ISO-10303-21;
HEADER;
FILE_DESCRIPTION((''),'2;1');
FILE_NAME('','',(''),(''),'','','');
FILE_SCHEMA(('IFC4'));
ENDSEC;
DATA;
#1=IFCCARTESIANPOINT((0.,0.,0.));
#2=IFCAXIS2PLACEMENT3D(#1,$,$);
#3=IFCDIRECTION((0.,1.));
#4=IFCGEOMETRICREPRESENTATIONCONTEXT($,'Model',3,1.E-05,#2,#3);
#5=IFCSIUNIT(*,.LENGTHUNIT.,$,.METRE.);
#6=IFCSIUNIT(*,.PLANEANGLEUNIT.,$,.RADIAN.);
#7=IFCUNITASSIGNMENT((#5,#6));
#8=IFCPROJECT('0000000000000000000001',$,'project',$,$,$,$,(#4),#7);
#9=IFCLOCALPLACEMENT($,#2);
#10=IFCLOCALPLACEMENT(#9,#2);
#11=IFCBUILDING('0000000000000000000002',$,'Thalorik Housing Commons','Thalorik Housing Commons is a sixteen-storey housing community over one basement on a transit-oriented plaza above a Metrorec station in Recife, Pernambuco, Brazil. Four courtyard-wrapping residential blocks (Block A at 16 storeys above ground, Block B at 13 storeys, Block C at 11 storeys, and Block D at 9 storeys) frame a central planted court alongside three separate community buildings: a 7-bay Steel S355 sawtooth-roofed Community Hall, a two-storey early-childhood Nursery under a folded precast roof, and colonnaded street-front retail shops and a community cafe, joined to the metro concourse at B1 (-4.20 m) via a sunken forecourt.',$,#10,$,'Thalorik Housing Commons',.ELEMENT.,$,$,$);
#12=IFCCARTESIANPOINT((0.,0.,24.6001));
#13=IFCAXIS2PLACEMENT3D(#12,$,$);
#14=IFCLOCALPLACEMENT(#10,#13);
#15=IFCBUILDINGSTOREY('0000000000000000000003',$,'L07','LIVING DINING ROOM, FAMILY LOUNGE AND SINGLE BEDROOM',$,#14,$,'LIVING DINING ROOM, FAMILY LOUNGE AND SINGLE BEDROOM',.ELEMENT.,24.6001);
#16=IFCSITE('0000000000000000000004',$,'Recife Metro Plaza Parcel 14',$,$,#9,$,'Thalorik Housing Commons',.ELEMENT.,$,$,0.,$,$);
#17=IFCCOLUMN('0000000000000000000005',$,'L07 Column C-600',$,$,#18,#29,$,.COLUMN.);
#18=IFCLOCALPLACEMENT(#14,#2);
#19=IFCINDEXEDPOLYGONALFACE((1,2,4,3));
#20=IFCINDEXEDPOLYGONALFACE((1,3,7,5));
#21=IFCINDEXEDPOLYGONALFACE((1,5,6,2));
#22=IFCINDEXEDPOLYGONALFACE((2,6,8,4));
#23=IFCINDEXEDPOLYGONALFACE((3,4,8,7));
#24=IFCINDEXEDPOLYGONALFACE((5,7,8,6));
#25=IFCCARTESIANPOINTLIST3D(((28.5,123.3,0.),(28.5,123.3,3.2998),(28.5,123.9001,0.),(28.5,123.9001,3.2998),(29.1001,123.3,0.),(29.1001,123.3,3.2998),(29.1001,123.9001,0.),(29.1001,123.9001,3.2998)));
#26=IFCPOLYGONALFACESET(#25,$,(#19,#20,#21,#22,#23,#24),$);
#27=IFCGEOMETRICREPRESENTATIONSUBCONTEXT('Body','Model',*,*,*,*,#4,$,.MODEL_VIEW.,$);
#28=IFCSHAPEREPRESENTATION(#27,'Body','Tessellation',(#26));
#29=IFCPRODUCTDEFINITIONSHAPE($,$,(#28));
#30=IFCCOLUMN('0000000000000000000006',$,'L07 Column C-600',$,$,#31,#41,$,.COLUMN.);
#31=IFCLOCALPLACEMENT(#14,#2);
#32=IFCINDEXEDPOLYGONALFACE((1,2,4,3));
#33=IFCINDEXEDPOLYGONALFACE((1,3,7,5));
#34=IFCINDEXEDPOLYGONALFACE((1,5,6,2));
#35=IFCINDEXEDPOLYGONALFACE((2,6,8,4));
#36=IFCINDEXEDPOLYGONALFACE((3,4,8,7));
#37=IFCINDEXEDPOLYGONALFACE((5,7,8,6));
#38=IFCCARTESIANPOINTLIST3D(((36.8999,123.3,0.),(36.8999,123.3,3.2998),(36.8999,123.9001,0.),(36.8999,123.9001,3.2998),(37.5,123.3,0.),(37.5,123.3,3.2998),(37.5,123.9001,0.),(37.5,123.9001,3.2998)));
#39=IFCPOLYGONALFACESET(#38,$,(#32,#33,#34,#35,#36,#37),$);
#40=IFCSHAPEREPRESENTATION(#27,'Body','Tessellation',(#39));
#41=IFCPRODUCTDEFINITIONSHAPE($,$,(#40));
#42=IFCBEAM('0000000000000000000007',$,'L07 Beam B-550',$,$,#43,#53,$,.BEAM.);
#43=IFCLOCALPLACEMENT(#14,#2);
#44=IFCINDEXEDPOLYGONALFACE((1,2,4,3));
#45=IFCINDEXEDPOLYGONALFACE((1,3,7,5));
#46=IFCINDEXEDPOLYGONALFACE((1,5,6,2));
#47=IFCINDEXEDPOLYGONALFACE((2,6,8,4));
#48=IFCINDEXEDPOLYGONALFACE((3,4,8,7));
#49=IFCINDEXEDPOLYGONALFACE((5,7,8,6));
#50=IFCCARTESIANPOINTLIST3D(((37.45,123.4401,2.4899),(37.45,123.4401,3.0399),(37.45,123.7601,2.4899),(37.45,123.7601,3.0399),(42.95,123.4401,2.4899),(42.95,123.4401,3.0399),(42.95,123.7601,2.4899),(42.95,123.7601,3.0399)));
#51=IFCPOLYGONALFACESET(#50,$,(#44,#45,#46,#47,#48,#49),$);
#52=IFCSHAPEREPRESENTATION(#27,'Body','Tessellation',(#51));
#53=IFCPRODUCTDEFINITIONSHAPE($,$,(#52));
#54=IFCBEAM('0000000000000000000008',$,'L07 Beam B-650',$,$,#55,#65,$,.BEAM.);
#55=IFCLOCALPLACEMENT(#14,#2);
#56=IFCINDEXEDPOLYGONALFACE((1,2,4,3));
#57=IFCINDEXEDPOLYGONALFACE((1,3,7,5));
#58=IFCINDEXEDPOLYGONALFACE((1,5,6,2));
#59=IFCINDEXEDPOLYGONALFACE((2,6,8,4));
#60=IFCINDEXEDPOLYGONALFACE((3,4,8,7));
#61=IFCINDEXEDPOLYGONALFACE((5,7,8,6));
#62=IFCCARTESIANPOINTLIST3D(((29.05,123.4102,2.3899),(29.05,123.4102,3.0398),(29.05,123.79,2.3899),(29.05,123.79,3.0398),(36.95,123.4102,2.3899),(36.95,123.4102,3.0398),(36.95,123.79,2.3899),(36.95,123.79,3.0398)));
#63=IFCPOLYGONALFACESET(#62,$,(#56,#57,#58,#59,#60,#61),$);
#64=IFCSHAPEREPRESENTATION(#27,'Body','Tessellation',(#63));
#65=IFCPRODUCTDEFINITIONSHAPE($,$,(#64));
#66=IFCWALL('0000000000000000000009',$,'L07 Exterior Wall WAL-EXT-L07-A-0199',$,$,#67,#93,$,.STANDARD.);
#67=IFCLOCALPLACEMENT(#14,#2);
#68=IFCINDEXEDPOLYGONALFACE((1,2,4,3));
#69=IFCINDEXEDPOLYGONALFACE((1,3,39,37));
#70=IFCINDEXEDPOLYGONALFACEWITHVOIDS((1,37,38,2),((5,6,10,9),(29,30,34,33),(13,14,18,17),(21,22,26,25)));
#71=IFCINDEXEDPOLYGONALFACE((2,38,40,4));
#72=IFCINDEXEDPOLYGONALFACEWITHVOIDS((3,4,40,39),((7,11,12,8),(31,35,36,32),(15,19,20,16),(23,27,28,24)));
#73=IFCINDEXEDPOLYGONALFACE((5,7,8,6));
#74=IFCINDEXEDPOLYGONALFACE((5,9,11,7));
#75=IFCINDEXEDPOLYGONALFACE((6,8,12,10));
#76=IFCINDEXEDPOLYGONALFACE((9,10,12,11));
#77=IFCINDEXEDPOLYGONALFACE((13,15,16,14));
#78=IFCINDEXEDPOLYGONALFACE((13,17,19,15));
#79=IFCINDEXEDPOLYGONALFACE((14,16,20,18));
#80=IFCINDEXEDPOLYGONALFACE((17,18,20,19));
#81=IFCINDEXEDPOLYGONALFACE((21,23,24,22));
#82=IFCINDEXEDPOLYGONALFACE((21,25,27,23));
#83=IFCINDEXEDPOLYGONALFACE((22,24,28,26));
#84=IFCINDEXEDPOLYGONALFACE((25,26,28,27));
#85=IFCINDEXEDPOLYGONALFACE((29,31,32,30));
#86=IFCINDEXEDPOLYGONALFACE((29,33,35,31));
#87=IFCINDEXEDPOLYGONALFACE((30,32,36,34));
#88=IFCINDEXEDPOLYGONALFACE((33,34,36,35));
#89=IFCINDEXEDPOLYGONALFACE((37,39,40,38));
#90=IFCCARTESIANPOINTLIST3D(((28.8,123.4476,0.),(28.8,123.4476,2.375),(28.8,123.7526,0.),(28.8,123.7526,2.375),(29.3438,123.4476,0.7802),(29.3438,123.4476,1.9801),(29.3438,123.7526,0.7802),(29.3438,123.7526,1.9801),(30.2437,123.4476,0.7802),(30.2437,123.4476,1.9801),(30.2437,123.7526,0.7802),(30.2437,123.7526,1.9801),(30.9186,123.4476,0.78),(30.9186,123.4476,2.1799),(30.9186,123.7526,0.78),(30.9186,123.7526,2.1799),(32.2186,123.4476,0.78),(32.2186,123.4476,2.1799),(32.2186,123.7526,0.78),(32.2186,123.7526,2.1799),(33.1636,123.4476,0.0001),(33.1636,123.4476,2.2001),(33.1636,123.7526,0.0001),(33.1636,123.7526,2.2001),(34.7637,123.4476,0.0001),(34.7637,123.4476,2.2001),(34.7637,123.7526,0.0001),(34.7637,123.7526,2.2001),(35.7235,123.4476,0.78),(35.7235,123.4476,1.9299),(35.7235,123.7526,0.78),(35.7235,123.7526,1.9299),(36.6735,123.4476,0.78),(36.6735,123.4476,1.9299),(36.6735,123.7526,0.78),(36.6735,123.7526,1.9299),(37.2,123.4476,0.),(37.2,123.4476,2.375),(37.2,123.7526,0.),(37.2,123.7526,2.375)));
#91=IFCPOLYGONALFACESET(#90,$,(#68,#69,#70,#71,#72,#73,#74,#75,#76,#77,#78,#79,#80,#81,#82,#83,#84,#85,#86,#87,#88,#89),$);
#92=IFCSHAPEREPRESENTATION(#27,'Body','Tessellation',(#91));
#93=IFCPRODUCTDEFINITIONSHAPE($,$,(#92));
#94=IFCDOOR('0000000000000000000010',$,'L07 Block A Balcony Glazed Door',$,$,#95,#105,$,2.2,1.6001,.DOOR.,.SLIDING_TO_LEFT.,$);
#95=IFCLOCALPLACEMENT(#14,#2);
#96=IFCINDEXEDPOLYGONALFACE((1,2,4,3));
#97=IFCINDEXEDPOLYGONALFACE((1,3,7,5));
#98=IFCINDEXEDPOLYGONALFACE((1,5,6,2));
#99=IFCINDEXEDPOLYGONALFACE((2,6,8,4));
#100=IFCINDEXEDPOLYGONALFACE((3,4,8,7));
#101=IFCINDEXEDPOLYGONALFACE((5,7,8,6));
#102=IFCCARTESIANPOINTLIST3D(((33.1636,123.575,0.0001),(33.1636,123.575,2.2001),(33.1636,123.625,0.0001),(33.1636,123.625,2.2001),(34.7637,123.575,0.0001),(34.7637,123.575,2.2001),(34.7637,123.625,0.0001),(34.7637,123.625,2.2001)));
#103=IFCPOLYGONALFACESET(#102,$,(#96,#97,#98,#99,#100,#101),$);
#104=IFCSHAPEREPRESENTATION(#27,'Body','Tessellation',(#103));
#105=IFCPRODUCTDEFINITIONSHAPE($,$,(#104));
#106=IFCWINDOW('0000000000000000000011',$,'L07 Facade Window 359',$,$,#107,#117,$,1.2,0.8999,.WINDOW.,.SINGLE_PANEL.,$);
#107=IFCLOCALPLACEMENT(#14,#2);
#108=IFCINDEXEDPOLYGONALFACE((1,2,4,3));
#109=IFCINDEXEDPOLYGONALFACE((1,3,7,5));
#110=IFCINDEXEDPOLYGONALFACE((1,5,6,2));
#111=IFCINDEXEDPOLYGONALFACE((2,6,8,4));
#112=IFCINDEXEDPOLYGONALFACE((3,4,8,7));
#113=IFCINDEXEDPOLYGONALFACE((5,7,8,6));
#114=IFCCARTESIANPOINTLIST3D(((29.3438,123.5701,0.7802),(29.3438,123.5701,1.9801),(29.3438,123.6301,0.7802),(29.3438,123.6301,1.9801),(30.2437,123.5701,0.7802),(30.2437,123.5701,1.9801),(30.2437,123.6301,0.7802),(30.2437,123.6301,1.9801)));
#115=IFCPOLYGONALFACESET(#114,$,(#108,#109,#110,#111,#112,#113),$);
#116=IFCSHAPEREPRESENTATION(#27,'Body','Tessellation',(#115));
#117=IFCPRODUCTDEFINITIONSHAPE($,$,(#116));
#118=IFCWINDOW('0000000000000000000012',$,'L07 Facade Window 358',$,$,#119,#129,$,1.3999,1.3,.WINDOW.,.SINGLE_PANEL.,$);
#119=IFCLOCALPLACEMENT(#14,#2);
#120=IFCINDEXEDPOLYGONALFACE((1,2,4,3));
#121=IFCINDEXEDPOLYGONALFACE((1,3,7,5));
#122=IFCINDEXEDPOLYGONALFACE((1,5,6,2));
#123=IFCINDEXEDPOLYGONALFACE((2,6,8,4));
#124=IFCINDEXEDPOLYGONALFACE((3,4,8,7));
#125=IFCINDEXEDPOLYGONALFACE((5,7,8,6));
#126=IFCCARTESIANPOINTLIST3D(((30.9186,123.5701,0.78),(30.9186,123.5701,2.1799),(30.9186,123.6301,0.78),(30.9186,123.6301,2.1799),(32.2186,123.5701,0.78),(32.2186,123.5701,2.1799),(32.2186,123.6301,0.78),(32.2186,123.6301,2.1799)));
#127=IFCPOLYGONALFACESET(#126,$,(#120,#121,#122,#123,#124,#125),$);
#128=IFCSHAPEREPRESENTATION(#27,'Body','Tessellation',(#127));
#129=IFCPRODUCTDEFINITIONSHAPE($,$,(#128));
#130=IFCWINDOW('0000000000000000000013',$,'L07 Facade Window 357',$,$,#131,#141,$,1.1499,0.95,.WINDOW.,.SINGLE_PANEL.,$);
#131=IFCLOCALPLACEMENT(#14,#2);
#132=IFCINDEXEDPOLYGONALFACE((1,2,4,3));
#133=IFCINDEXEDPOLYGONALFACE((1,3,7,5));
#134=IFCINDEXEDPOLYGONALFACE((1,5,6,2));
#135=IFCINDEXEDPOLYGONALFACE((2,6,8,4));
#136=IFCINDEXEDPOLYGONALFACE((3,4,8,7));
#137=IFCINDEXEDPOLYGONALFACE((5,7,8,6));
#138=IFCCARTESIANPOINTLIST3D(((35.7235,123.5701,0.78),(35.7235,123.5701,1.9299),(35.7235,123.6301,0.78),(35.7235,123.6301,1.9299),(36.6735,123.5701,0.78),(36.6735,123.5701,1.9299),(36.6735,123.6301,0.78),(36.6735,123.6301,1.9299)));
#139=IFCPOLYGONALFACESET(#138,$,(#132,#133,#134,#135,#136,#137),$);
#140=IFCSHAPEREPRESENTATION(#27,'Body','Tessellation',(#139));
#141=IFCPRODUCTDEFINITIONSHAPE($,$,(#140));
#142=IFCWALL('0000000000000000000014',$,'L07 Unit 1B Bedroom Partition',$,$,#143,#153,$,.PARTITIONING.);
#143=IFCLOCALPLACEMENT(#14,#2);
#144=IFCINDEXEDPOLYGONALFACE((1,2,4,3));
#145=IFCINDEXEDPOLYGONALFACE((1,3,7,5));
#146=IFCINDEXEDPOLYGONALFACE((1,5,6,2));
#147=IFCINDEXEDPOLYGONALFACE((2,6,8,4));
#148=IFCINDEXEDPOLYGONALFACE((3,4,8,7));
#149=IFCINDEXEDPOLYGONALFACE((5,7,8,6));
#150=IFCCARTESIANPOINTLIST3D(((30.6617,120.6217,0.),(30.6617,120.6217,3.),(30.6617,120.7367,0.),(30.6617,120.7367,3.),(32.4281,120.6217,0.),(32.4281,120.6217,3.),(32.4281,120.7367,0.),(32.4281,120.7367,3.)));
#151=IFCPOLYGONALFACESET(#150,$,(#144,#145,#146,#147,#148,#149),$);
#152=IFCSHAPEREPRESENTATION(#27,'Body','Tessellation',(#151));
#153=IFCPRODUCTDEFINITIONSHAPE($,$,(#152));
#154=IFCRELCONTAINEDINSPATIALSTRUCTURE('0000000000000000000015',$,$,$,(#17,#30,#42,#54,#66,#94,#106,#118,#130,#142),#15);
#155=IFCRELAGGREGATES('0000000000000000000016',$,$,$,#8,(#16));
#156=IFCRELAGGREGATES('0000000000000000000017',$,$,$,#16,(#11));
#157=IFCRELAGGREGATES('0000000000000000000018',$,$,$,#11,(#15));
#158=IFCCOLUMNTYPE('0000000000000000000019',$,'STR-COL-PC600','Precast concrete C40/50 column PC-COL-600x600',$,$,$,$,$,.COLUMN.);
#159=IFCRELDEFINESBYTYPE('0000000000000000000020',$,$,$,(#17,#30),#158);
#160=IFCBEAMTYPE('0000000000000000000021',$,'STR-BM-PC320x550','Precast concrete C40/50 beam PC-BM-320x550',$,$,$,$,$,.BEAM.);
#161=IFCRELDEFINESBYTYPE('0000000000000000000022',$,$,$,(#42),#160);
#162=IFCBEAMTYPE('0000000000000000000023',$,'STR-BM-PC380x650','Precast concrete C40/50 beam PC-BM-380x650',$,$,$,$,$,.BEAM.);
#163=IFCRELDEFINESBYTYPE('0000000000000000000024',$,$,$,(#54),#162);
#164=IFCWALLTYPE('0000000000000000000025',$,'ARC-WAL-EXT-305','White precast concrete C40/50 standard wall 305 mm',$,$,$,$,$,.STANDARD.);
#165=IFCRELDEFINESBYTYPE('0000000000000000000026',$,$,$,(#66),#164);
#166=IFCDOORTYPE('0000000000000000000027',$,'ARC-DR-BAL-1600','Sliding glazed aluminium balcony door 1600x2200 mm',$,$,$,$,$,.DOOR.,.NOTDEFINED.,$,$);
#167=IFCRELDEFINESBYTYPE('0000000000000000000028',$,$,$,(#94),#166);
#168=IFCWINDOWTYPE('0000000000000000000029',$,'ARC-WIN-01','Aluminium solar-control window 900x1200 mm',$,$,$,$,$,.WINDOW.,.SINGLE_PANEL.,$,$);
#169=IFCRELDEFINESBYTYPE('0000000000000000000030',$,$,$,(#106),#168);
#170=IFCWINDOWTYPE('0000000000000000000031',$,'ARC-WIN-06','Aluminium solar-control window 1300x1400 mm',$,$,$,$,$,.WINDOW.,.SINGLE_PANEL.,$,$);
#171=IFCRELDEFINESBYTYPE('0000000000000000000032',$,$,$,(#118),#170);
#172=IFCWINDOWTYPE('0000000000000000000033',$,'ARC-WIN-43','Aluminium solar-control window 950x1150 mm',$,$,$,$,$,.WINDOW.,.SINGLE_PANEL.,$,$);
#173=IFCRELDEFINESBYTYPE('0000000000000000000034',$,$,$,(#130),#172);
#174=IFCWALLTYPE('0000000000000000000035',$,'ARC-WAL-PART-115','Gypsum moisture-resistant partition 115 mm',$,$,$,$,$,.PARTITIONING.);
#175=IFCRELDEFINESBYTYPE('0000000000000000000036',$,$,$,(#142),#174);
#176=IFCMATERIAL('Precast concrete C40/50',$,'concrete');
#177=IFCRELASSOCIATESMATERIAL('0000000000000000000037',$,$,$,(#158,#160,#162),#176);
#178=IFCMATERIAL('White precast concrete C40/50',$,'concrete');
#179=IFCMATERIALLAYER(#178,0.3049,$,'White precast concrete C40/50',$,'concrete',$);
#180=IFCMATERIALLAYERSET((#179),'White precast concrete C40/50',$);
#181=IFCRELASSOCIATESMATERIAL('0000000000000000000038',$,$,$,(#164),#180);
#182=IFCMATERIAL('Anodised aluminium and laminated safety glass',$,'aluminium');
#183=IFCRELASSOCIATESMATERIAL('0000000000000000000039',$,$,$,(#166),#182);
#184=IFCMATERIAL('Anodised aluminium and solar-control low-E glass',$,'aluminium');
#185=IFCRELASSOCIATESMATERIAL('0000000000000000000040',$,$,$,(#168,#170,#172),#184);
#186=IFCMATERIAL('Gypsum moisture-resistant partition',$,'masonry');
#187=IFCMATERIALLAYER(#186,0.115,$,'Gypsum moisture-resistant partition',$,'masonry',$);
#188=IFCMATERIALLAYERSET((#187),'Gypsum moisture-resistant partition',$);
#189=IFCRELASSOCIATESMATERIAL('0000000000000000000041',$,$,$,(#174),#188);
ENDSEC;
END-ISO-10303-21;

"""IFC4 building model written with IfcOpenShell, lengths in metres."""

from ifc_helpers import new_model, si_unit, direction, frame, frame_2d, origin, origin_2d, place, context, subcontext, project, spatial, rectangle, extrude, material, layer, layer_set, material_profile, profile_set, type_object, element, fill, save


model = new_model("IFC4")

# Units and contexts
model_context = context("Model", 3, precision=1e-05, world=origin(), true_north=direction((0.0, 1.0)))
body_context = subcontext(model_context, "Body", "Model", "MODEL_VIEW")
ifc_project = project(units=[si_unit("LENGTHUNIT", "METRE"), si_unit("PLANEANGLEUNIT", "RADIAN")], contexts=[model_context])

# Site, building, storey
site_placement = place(None, origin())
site = spatial("IfcSite", under=ifc_project, at=site_placement, Name="Recife Metro Plaza Parcel 14", LongName="Thalorik Housing Commons", CompositionType="ELEMENT", RefElevation=0.0)
building_placement = place(site_placement, origin())
building = spatial("IfcBuilding", under=site, at=building_placement, Name="Thalorik Housing Commons", Description="Thalorik Housing Commons is a sixteen-storey housing community over one basement on a transit-oriented plaza above a Metrorec station in Recife, Pernambuco, Brazil. Four courtyard-wrapping residential blocks (Block A at 16 storeys above ground, Block B at 13 storeys, Block C at 11 storeys, and Block D at 9 storeys) frame a central planted court alongside three separate community buildings: a 7-bay Steel S355 sawtooth-roofed Community Hall, a two-storey early-childhood Nursery under a folded precast roof, and colonnaded street-front retail shops and a community cafe, joined to the metro concourse at B1 (-4.20 m) via a sunken forecourt.", LongName="Thalorik Housing Commons", CompositionType="ELEMENT")
storey_placement = place(building_placement, frame((0.0, 0.0, 24.6001)))
storey = spatial("IfcBuildingStorey", under=building, at=storey_placement, Name="L07", Description="LIVING DINING ROOM, FAMILY LOUNGE AND SINGLE BEDROOM", LongName="LIVING DINING ROOM, FAMILY LOUNGE AND SINGLE BEDROOM", CompositionType="ELEMENT", Elevation=24.6001)

# Columns
ifc_material_1 = material(Name="Precast concrete C40/50", Category="concrete")
ifc_material_profile_1 = material_profile(ifc_material_1, rectangle(XDim=0.6001, YDim=0.6001, at=origin_2d()), Name="PC 600x600", Category="concrete")
ifc_profile_set_1 = profile_set([ifc_material_profile_1], Name="Precast concrete C40/50")
column_type = type_object("IfcColumnType", Name="STR-COL-PC600", Description="Precast concrete C40/50 column PC-COL-600x600", PredefinedType="COLUMN", material=ifc_profile_set_1)
for number, where, z_axis, x_axis, name in (
    (1, (28.8, 123.6001, 0.0), (0.0, 0.0, 1.0), (1.0, 0.0, 0.0), "L07 Column C-600"),
    (2, (37.2, 123.6001, 0.0), (0.0, 0.0, 1.0), (1.0, 0.0, 0.0), "L07 Column C-600"),
):
    element("IfcColumn", number, at=place(storey_placement, frame(where, z_axis=z_axis, x_axis=x_axis)), inside=storey, type_object=column_type, Name=name, PredefinedType="COLUMN", context=body_context, shape_type="SweptSolid", body=[
        extrude(rectangle(XDim=0.6001, YDim=0.6001, at=origin_2d()), origin(), (0.0, 0.0, 1.0), 3.2998),
    ])

# Beams
ifc_material_profile_2 = material_profile(ifc_material_1, rectangle(XDim=0.3201, YDim=0.55, at=origin_2d()), Name="PC 320x550", Category="concrete")
ifc_profile_set_2 = profile_set([ifc_material_profile_2], Name="Precast concrete C40/50")
beam_type_1 = type_object("IfcBeamType", Name="STR-BM-PC320x550", Description="Precast concrete C40/50 beam PC-BM-320x550", PredefinedType="BEAM", material=ifc_profile_set_2)
beam_1_placement = place(storey_placement, frame((37.45, 123.6001, 2.7649), z_axis=(1.0, 0.0, 0.0), x_axis=(0.0, 1.0, 0.0)))
element("IfcBeam", 3, at=beam_1_placement, inside=storey, type_object=beam_type_1, Name="L07 Beam B-550", PredefinedType="BEAM", context=body_context, shape_type="SweptSolid", body=[
    extrude(rectangle(XDim=0.3201, YDim=0.55, at=origin_2d()), origin(), (0.0, 0.0, 1.0), 5.5),
])
ifc_material_profile_3 = material_profile(ifc_material_1, rectangle(XDim=0.3799, YDim=0.6499, at=origin_2d()), Name="PC 380x650", Category="concrete")
ifc_profile_set_3 = profile_set([ifc_material_profile_3], Name="Precast concrete C40/50")
beam_type_2 = type_object("IfcBeamType", Name="STR-BM-PC380x650", Description="Precast concrete C40/50 beam PC-BM-380x650", PredefinedType="BEAM", material=ifc_profile_set_3)
beam_2_placement = place(storey_placement, frame((29.05, 123.6001, 2.7148), z_axis=(1.0, 0.0, 0.0), x_axis=(0.0, 1.0, 0.0)))
element("IfcBeam", 4, at=beam_2_placement, inside=storey, type_object=beam_type_2, Name="L07 Beam B-650", PredefinedType="BEAM", context=body_context, shape_type="SweptSolid", body=[
    extrude(rectangle(XDim=0.3799, YDim=0.6499, at=origin_2d()), origin(), (0.0, 0.0, 1.0), 7.8999),
])

# Wall, openings, door, windows
ifc_material_2 = material(Name="White precast concrete C40/50", Category="concrete")
ifc_layer_1 = layer(ifc_material_2, 0.3049, Name="White precast concrete C40/50", Category="concrete")
ifc_layer_set_1 = layer_set([ifc_layer_1], Name="White precast concrete C40/50")
wall_type_1 = type_object("IfcWallType", Name="ARC-WAL-EXT-305", Description="White precast concrete C40/50 standard wall 305 mm", PredefinedType="STANDARD", material=ifc_layer_set_1)
wall_1_placement = place(storey_placement, frame((37.2, 123.6001, 0.0), z_axis=(0.0, 0.0, 1.0), x_axis=(-1.0, 0.0, 0.0)))
wall_1 = element("IfcWall", 5, at=wall_1_placement, inside=storey, type_object=wall_type_1, Name="L07 Exterior Wall WAL-EXT-L07-A-0199", PredefinedType="STANDARD", context=body_context, shape_type="SweptSolid", body=[
    extrude(rectangle(XDim=8.3999, YDim=0.3049, at=frame_2d((4.2, 0.0))), origin(), (0.0, 0.0, 1.0), 2.375),
])
opening_1_placement = place(wall_1_placement, frame((2.4363, 0.0, 0.0)))
opening_1 = element("IfcOpeningElement", 6, at=opening_1_placement, cuts=wall_1, PredefinedType="OPENING", context=body_context, shape_type="SweptSolid", body=[
    extrude(rectangle(XDim=1.6001, YDim=2.2, at=frame_2d((0.8, 1.1001))), frame((0.0, 0.1626, 0.0), z_axis=(0.0, -1.0, 0.0), x_axis=(1.0, 0.0, 0.0)), (0.0, 0.0, 1.0), 0.325),
])
opening_2_placement = place(wall_1_placement, frame((0.5264, 0.0, 0.78)))
opening_2 = element("IfcOpeningElement", 7, at=opening_2_placement, cuts=wall_1, PredefinedType="OPENING", context=body_context, shape_type="SweptSolid", body=[
    extrude(rectangle(XDim=0.95, YDim=1.1499, at=frame_2d((0.4751, 0.575))), frame((0.0, 0.1626, 0.0), z_axis=(0.0, -1.0, 0.0), x_axis=(1.0, 0.0, 0.0)), (0.0, 0.0, 1.0), 0.325),
])
opening_3_placement = place(wall_1_placement, frame((4.9814, 0.0, 0.78)))
opening_3 = element("IfcOpeningElement", 8, at=opening_3_placement, cuts=wall_1, PredefinedType="OPENING", context=body_context, shape_type="SweptSolid", body=[
    extrude(rectangle(XDim=1.3, YDim=1.3999, at=frame_2d((0.6499, 0.7))), frame((0.0, 0.1626, 0.0), z_axis=(0.0, -1.0, 0.0), x_axis=(1.0, 0.0, 0.0)), (0.0, 0.0, 1.0), 0.325),
])
opening_4_placement = place(wall_1_placement, frame((6.9563, 0.0, 0.78)))
opening_4 = element("IfcOpeningElement", 9, at=opening_4_placement, cuts=wall_1, PredefinedType="OPENING", context=body_context, shape_type="SweptSolid", body=[
    extrude(rectangle(XDim=0.8999, YDim=1.2, at=frame_2d((0.45, 0.6001))), frame((0.0, 0.1626, 0.0), z_axis=(0.0, -1.0, 0.0), x_axis=(1.0, 0.0, 0.0)), (0.0, 0.0, 1.0), 0.325),
])
ifc_material_3 = material(Name="Anodised aluminium and laminated safety glass", Category="aluminium")
door_type_1 = type_object("IfcDoorType", Name="ARC-DR-BAL-1600", Description="Sliding glazed aluminium balcony door 1600x2200 mm", OperationType="NOTDEFINED", PredefinedType="DOOR", material=ifc_material_3)
door_1_placement = place(opening_1_placement, frame((1.6001, 0.0, 0.0), z_axis=(0.0, 0.0, 1.0), x_axis=(-1.0, 0.0, 0.0)))
door_1 = element("IfcDoor", 10, at=door_1_placement, inside=storey, type_object=door_type_1, Name="L07 Block A Balcony Glazed Door", OperationType="SLIDING_TO_LEFT", OverallHeight=2.2, OverallWidth=1.6001, PredefinedType="DOOR", context=body_context, shape_type="SweptSolid", body=[
    extrude(rectangle(XDim=1.6001, YDim=2.2, at=frame_2d((0.8, 1.1001))), frame((0.0, 0.0249, 0.0), z_axis=(0.0, -1.0, 0.0), x_axis=(1.0, 0.0, 0.0)), (0.0, 0.0, 1.0), 0.05),
])
fill(opening_1, door_1)
ifc_material_4 = material(Name="Anodised aluminium and solar-control low-E glass", Category="aluminium")
window_type_1 = type_object("IfcWindowType", Name="ARC-WIN-01", Description="Aluminium solar-control window 900x1200 mm", PartitioningType="SINGLE_PANEL", PredefinedType="WINDOW", material=ifc_material_4)
window_1_placement = place(opening_4_placement, origin())
window_1 = element("IfcWindow", 11, at=window_1_placement, inside=storey, type_object=window_type_1, Name="L07 Facade Window 359", OverallHeight=1.2, OverallWidth=0.8999, PartitioningType="SINGLE_PANEL", PredefinedType="WINDOW", context=body_context, shape_type="SweptSolid", body=[
    extrude(rectangle(XDim=0.8999, YDim=1.2, at=frame_2d((0.45, 0.6001))), frame((0.0, 0.03, 0.0), z_axis=(0.0, -1.0, 0.0), x_axis=(1.0, 0.0, 0.0)), (0.0, 0.0, 1.0), 0.0601),
])
fill(opening_4, window_1)
window_type_2 = type_object("IfcWindowType", Name="ARC-WIN-06", Description="Aluminium solar-control window 1300x1400 mm", PartitioningType="SINGLE_PANEL", PredefinedType="WINDOW", material=ifc_material_4)
window_2_placement = place(opening_3_placement, origin())
window_2 = element("IfcWindow", 12, at=window_2_placement, inside=storey, type_object=window_type_2, Name="L07 Facade Window 358", OverallHeight=1.3999, OverallWidth=1.3, PartitioningType="SINGLE_PANEL", PredefinedType="WINDOW", context=body_context, shape_type="SweptSolid", body=[
    extrude(rectangle(XDim=1.3, YDim=1.3999, at=frame_2d((0.6499, 0.7))), frame((0.0, 0.03, 0.0), z_axis=(0.0, -1.0, 0.0), x_axis=(1.0, 0.0, 0.0)), (0.0, 0.0, 1.0), 0.0601),
])
fill(opening_3, window_2)
window_type_3 = type_object("IfcWindowType", Name="ARC-WIN-43", Description="Aluminium solar-control window 950x1150 mm", PartitioningType="SINGLE_PANEL", PredefinedType="WINDOW", material=ifc_material_4)
window_3_placement = place(opening_2_placement, origin())
window_3 = element("IfcWindow", 13, at=window_3_placement, inside=storey, type_object=window_type_3, Name="L07 Facade Window 357", OverallHeight=1.1499, OverallWidth=0.95, PartitioningType="SINGLE_PANEL", PredefinedType="WINDOW", context=body_context, shape_type="SweptSolid", body=[
    extrude(rectangle(XDim=0.95, YDim=1.1499, at=frame_2d((0.4751, 0.575))), frame((0.0, 0.03, 0.0), z_axis=(0.0, -1.0, 0.0), x_axis=(1.0, 0.0, 0.0)), (0.0, 0.0, 1.0), 0.0601),
])
fill(opening_2, window_3)

# Wall
ifc_material_5 = material(Name="Gypsum moisture-resistant partition", Category="masonry")
ifc_layer_2 = layer(ifc_material_5, 0.115, Name="Gypsum moisture-resistant partition", Category="masonry")
ifc_layer_set_2 = layer_set([ifc_layer_2], Name="Gypsum moisture-resistant partition")
wall_type_2 = type_object("IfcWallType", Name="ARC-WAL-PART-115", Description="Gypsum moisture-resistant partition 115 mm", PredefinedType="PARTITIONING", material=ifc_layer_set_2)
wall_2_placement = place(storey_placement, frame((30.6616, 120.6792, 0.0), z_axis=(0.0, 0.0, 1.0), x_axis=(1.0, 0.0, 0.0)))
element("IfcWall", 14, at=wall_2_placement, inside=storey, type_object=wall_type_2, Name="L07 Unit 1B Bedroom Partition", PredefinedType="PARTITIONING", context=body_context, shape_type="SweptSolid", body=[
    extrude(rectangle(XDim=1.7664, YDim=0.115, at=frame_2d((0.8833, 0.0))), origin(), (0.0, 0.0, 1.0), 3.0),
])

save(model, "model.ifc")
